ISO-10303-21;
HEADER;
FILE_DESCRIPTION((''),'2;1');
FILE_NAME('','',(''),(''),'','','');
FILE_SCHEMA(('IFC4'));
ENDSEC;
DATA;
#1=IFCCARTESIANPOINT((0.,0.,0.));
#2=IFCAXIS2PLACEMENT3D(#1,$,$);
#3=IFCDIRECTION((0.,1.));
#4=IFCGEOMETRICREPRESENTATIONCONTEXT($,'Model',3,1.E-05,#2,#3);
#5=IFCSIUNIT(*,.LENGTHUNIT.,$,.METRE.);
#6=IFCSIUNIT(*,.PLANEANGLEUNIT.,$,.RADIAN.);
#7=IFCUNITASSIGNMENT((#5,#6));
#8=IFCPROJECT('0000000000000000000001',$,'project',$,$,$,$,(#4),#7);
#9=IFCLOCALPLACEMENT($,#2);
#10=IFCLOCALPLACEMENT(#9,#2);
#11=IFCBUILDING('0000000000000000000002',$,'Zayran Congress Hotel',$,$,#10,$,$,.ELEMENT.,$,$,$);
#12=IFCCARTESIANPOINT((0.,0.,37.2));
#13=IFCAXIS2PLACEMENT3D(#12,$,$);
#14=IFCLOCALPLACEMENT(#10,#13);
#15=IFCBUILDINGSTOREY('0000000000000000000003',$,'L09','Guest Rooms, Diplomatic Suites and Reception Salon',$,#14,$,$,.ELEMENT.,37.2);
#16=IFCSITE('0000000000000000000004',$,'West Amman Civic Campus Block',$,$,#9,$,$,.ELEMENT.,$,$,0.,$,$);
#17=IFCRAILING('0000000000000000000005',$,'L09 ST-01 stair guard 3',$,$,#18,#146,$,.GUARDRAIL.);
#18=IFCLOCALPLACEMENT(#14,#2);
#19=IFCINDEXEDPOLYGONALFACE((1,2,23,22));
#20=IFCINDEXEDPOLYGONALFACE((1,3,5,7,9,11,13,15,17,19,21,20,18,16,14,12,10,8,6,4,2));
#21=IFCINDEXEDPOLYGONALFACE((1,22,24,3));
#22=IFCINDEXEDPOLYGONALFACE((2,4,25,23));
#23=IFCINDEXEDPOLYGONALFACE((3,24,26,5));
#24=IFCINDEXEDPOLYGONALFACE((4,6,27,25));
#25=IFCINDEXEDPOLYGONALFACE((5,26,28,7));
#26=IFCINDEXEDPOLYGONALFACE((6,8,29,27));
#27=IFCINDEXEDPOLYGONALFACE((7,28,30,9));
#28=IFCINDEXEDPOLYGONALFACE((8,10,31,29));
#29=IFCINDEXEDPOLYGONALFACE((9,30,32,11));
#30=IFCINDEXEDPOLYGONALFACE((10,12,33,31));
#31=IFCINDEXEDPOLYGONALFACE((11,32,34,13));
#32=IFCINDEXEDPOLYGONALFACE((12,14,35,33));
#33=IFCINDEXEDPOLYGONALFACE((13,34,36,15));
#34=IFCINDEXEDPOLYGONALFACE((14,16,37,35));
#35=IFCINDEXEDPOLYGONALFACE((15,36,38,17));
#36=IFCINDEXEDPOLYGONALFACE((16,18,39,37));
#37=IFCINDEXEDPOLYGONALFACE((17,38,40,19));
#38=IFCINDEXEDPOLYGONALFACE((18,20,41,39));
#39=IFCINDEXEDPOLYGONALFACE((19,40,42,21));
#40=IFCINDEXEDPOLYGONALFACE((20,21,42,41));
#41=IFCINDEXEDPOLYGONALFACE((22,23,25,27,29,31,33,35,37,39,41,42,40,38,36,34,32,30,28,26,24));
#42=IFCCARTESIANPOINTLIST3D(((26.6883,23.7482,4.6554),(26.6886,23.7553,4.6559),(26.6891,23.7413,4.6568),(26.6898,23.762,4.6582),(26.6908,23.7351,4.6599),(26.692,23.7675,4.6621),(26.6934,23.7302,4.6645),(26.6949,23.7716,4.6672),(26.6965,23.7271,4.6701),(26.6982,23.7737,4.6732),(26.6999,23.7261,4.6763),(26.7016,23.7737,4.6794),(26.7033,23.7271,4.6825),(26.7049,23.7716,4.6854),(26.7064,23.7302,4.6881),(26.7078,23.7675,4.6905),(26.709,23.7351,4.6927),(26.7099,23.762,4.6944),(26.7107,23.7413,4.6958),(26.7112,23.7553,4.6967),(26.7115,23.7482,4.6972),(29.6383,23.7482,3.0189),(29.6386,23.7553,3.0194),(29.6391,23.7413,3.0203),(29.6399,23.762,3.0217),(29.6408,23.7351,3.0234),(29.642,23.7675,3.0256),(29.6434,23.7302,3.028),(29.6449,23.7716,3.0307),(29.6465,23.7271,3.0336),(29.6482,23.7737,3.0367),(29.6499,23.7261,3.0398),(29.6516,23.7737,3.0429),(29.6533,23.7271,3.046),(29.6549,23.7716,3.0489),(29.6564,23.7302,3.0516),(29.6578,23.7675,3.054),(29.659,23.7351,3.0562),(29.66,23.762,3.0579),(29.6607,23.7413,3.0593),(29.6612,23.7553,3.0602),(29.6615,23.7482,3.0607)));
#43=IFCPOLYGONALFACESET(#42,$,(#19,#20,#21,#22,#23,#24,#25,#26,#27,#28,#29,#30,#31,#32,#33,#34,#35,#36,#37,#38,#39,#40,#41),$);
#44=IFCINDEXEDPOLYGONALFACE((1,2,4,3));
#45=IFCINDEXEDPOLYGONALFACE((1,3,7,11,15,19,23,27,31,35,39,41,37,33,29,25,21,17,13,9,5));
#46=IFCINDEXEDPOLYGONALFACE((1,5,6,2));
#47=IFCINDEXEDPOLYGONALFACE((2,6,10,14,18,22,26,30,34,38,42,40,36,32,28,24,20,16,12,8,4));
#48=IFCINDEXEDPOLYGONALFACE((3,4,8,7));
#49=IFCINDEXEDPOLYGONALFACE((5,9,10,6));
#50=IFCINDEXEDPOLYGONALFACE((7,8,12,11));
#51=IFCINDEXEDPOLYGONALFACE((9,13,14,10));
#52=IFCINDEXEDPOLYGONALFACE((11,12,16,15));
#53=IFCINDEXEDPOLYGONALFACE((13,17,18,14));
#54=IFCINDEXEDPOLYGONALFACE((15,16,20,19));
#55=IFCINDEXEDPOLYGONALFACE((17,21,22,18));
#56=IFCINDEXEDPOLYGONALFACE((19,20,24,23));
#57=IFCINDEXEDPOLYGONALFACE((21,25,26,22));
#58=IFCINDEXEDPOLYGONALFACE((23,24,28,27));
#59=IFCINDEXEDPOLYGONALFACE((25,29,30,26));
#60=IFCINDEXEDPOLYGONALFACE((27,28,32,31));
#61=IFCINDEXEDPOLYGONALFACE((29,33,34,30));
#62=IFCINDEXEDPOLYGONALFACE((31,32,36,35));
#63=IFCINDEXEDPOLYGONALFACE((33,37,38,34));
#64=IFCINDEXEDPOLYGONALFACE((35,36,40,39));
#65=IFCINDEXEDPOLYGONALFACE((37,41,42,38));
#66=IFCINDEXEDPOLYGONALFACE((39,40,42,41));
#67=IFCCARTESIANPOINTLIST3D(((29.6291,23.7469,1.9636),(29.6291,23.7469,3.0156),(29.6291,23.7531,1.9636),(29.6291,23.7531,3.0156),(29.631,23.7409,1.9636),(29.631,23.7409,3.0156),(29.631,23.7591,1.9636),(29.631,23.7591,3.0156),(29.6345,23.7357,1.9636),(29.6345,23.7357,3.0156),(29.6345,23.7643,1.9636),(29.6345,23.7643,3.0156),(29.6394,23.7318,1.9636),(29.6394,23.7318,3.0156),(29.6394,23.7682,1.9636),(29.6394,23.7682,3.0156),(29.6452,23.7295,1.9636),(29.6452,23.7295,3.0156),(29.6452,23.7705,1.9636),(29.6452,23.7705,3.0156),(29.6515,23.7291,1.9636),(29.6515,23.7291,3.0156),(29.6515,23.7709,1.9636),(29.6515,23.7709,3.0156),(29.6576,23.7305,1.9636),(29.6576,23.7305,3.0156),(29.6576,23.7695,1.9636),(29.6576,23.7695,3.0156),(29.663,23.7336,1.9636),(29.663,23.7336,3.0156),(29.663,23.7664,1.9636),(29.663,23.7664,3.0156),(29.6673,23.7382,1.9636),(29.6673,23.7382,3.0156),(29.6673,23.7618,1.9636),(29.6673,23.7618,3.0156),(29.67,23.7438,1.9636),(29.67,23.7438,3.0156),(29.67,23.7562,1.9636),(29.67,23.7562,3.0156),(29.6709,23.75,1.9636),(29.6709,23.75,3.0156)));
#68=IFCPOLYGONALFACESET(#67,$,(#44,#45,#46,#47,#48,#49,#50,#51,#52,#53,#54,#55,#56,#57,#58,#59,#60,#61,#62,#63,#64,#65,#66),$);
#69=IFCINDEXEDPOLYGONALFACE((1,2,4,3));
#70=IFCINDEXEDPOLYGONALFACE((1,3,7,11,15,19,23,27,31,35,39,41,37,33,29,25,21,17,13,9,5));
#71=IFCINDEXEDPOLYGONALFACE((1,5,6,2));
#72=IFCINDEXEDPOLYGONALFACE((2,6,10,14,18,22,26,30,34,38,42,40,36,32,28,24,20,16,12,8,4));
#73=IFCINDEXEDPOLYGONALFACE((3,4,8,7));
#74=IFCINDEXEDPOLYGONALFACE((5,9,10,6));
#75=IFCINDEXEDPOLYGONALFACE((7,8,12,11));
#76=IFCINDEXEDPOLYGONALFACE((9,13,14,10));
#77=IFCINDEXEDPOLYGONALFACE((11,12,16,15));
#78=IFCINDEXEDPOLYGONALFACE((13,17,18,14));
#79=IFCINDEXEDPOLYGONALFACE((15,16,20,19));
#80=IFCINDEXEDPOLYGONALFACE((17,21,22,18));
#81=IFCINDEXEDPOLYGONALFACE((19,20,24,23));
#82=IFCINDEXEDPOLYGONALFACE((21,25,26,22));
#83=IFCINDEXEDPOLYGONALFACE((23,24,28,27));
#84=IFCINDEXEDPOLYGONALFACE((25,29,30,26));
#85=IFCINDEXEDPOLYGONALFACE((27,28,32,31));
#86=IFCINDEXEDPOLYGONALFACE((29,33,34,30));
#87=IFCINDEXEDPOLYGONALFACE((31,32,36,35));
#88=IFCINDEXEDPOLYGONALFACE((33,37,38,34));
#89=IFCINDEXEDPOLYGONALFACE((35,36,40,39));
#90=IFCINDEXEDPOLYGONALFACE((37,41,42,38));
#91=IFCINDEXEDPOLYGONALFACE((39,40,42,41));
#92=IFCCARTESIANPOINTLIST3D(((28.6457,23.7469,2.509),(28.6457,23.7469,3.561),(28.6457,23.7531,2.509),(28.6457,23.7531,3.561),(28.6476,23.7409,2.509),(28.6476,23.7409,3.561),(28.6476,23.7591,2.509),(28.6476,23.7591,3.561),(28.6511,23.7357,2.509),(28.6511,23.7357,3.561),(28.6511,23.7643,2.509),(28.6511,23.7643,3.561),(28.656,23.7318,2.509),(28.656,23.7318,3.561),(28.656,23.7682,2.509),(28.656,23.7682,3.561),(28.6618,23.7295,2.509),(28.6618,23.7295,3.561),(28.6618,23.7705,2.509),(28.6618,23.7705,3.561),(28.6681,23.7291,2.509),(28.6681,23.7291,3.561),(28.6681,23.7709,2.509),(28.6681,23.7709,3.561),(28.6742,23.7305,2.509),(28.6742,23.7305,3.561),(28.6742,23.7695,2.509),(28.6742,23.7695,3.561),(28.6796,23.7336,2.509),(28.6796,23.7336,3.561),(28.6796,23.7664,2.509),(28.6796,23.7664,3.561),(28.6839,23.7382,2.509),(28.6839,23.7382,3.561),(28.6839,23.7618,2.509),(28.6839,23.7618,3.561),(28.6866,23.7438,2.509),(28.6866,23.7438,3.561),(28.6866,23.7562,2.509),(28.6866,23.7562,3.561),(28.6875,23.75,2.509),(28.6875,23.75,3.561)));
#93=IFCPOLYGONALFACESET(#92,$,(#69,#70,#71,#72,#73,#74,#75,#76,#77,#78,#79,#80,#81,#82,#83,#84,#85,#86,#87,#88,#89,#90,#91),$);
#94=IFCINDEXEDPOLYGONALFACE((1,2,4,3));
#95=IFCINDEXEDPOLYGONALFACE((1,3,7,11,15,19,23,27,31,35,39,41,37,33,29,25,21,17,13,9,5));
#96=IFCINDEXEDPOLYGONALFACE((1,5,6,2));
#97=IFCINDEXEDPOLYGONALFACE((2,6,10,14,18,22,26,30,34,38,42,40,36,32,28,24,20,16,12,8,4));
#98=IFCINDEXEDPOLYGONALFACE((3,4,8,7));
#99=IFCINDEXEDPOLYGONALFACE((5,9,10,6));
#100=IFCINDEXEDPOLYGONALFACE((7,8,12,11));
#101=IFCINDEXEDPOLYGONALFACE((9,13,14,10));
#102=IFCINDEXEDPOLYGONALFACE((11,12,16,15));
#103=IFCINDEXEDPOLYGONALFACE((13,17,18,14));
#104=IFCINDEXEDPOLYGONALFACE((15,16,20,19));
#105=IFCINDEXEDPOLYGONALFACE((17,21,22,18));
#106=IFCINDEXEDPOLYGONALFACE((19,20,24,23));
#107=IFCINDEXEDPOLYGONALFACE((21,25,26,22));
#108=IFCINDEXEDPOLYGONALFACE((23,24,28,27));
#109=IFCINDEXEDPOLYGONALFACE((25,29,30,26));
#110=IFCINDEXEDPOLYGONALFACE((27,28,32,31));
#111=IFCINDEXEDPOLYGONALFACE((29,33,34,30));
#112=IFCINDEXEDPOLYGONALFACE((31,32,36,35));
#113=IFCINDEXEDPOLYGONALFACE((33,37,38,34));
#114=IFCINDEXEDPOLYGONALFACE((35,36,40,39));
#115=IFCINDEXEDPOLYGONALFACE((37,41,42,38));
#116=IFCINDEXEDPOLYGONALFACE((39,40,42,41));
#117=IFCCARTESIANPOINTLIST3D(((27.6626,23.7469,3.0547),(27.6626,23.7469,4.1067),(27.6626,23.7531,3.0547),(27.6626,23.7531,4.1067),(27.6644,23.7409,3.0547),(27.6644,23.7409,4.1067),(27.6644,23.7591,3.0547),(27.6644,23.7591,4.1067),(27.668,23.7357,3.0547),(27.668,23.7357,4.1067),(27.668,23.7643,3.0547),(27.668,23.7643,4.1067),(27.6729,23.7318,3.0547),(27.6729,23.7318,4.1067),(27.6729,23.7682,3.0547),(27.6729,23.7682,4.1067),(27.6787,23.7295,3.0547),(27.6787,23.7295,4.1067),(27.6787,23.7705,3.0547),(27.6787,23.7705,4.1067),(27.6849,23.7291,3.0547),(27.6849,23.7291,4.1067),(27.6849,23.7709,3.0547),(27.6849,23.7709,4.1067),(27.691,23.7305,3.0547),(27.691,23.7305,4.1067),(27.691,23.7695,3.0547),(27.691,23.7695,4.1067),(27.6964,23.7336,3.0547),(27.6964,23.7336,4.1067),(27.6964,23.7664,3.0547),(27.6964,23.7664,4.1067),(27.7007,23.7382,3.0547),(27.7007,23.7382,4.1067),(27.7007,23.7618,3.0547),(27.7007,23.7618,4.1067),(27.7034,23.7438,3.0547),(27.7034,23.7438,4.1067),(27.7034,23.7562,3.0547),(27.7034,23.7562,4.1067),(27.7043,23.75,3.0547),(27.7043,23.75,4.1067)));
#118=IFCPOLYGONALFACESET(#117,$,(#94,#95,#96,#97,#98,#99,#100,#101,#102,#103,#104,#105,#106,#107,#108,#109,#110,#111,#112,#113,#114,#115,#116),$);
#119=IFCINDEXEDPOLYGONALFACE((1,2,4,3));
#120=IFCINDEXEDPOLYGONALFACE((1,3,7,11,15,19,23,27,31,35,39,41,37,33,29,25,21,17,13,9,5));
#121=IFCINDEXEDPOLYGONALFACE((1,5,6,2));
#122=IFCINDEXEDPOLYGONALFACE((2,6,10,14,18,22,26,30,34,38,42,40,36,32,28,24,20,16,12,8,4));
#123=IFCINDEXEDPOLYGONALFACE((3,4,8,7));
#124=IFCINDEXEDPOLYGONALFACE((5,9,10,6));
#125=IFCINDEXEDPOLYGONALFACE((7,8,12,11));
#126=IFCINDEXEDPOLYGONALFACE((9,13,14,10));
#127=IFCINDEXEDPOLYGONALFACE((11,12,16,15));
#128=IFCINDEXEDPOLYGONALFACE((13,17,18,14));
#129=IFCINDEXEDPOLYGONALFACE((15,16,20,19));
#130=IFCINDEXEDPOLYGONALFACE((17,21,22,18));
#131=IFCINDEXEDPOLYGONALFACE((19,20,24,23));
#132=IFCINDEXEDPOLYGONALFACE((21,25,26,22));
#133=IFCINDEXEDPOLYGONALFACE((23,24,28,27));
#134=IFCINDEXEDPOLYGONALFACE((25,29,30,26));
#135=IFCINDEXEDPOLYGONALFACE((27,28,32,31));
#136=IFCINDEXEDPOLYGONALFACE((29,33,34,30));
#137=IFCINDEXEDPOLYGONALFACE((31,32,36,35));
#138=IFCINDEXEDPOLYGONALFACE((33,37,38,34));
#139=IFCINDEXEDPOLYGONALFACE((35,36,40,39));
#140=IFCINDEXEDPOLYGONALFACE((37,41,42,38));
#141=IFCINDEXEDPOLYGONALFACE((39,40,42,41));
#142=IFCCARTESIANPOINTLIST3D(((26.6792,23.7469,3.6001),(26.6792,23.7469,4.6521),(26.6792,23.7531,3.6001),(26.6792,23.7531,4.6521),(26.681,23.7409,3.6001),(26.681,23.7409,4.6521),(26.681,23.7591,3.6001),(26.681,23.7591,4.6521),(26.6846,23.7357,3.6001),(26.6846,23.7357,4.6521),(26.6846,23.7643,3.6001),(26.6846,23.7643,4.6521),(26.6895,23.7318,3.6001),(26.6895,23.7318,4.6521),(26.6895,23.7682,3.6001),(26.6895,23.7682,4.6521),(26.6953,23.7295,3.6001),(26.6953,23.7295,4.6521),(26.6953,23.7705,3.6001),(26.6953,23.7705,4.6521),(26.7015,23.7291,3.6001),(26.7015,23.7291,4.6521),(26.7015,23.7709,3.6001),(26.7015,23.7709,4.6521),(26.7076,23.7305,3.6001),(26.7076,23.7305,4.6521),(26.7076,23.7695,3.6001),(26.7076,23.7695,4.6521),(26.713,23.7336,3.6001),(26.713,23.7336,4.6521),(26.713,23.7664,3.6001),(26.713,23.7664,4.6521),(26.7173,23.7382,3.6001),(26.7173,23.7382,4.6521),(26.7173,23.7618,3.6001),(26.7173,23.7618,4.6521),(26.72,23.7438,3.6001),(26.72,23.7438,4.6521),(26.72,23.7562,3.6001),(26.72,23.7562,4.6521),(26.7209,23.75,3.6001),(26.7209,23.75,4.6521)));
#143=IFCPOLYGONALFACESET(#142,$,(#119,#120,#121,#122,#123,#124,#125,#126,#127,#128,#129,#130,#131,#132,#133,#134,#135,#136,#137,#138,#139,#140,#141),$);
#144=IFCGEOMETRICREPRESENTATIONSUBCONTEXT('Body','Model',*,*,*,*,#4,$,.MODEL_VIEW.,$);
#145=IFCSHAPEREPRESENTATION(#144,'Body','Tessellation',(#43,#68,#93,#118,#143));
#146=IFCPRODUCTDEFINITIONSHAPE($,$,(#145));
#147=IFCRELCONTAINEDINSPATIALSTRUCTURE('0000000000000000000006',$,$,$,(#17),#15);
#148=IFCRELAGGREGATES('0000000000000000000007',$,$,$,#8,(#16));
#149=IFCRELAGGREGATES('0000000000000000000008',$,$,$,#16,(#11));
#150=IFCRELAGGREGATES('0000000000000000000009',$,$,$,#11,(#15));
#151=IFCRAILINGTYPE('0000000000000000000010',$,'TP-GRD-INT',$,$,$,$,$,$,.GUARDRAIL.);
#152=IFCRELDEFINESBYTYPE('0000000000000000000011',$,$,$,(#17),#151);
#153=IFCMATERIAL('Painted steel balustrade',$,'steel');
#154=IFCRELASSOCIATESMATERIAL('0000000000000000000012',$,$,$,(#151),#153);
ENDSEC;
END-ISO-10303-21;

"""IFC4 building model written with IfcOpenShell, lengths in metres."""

from ifc_helpers import new_model, si_unit, direction, frame, origin, origin_2d, place, context, subcontext, project, spatial, circle, extrude, material, type_object, element, save


model = new_model("IFC4")

# Units and contexts
model_context = context("Model", 3, precision=1e-05, world=origin(), true_north=direction((0.0, 1.0)))
body_context = subcontext(model_context, "Body", "Model", "MODEL_VIEW")
ifc_project = project(units=[si_unit("LENGTHUNIT", "METRE"), si_unit("PLANEANGLEUNIT", "RADIAN")], contexts=[model_context])

# Site, building, storey
site_placement = place(None, origin())
site = spatial("IfcSite", under=ifc_project, at=site_placement, Name="West Amman Civic Campus Block", CompositionType="ELEMENT", RefElevation=0.0)
building_placement = place(site_placement, origin())
building = spatial("IfcBuilding", under=site, at=building_placement, Name="Zayran Congress Hotel", CompositionType="ELEMENT")
storey_placement = place(building_placement, frame((0.0, 0.0, 37.2)))
storey = spatial("IfcBuildingStorey", under=building, at=storey_placement, Name="L09", Description="Guest Rooms, Diplomatic Suites and Reception Salon", CompositionType="ELEMENT", Elevation=37.2)

# Railing
ifc_material_1 = material(Name="Painted steel balustrade", Category="steel")
railing_type_1 = type_object("IfcRailingType", Name="TP-GRD-INT", PredefinedType="GUARDRAIL", material=ifc_material_1)
railing_1_placement = place(storey_placement, frame((29.6499, 23.75, 1.9636)))
element("IfcRailing", 1, at=railing_1_placement, inside=storey, type_object=railing_type_1, Name="L09 ST-01 stair guard 3", PredefinedType="GUARDRAIL", context=body_context, shape_type="SweptSolid", body=[
    extrude(circle(Radius=0.0239, at=origin_2d()), frame((0.0, 0.0, 1.0762), z_axis=(-0.874458, 0.0, 0.485102), x_axis=(0.0, -1.0, 0.0)), (0.0, 0.0, 1.0), 3.3735),
    extrude(circle(Radius=0.021, at=origin_2d()), origin(), (0.0, 0.0, 1.0), 1.052),
    extrude(circle(Radius=0.021, at=origin_2d()), frame((-0.9834, 0.0, 0.5454)), (0.0, 0.0, 1.0), 1.052),
    extrude(circle(Radius=0.021, at=origin_2d()), frame((-1.9666, 0.0, 1.0911)), (0.0, 0.0, 1.0), 1.052),
    extrude(circle(Radius=0.021, at=origin_2d()), frame((-2.95, 0.0, 1.6365)), (0.0, 0.0, 1.0), 1.052),
])

save(model, "model.ifc")
